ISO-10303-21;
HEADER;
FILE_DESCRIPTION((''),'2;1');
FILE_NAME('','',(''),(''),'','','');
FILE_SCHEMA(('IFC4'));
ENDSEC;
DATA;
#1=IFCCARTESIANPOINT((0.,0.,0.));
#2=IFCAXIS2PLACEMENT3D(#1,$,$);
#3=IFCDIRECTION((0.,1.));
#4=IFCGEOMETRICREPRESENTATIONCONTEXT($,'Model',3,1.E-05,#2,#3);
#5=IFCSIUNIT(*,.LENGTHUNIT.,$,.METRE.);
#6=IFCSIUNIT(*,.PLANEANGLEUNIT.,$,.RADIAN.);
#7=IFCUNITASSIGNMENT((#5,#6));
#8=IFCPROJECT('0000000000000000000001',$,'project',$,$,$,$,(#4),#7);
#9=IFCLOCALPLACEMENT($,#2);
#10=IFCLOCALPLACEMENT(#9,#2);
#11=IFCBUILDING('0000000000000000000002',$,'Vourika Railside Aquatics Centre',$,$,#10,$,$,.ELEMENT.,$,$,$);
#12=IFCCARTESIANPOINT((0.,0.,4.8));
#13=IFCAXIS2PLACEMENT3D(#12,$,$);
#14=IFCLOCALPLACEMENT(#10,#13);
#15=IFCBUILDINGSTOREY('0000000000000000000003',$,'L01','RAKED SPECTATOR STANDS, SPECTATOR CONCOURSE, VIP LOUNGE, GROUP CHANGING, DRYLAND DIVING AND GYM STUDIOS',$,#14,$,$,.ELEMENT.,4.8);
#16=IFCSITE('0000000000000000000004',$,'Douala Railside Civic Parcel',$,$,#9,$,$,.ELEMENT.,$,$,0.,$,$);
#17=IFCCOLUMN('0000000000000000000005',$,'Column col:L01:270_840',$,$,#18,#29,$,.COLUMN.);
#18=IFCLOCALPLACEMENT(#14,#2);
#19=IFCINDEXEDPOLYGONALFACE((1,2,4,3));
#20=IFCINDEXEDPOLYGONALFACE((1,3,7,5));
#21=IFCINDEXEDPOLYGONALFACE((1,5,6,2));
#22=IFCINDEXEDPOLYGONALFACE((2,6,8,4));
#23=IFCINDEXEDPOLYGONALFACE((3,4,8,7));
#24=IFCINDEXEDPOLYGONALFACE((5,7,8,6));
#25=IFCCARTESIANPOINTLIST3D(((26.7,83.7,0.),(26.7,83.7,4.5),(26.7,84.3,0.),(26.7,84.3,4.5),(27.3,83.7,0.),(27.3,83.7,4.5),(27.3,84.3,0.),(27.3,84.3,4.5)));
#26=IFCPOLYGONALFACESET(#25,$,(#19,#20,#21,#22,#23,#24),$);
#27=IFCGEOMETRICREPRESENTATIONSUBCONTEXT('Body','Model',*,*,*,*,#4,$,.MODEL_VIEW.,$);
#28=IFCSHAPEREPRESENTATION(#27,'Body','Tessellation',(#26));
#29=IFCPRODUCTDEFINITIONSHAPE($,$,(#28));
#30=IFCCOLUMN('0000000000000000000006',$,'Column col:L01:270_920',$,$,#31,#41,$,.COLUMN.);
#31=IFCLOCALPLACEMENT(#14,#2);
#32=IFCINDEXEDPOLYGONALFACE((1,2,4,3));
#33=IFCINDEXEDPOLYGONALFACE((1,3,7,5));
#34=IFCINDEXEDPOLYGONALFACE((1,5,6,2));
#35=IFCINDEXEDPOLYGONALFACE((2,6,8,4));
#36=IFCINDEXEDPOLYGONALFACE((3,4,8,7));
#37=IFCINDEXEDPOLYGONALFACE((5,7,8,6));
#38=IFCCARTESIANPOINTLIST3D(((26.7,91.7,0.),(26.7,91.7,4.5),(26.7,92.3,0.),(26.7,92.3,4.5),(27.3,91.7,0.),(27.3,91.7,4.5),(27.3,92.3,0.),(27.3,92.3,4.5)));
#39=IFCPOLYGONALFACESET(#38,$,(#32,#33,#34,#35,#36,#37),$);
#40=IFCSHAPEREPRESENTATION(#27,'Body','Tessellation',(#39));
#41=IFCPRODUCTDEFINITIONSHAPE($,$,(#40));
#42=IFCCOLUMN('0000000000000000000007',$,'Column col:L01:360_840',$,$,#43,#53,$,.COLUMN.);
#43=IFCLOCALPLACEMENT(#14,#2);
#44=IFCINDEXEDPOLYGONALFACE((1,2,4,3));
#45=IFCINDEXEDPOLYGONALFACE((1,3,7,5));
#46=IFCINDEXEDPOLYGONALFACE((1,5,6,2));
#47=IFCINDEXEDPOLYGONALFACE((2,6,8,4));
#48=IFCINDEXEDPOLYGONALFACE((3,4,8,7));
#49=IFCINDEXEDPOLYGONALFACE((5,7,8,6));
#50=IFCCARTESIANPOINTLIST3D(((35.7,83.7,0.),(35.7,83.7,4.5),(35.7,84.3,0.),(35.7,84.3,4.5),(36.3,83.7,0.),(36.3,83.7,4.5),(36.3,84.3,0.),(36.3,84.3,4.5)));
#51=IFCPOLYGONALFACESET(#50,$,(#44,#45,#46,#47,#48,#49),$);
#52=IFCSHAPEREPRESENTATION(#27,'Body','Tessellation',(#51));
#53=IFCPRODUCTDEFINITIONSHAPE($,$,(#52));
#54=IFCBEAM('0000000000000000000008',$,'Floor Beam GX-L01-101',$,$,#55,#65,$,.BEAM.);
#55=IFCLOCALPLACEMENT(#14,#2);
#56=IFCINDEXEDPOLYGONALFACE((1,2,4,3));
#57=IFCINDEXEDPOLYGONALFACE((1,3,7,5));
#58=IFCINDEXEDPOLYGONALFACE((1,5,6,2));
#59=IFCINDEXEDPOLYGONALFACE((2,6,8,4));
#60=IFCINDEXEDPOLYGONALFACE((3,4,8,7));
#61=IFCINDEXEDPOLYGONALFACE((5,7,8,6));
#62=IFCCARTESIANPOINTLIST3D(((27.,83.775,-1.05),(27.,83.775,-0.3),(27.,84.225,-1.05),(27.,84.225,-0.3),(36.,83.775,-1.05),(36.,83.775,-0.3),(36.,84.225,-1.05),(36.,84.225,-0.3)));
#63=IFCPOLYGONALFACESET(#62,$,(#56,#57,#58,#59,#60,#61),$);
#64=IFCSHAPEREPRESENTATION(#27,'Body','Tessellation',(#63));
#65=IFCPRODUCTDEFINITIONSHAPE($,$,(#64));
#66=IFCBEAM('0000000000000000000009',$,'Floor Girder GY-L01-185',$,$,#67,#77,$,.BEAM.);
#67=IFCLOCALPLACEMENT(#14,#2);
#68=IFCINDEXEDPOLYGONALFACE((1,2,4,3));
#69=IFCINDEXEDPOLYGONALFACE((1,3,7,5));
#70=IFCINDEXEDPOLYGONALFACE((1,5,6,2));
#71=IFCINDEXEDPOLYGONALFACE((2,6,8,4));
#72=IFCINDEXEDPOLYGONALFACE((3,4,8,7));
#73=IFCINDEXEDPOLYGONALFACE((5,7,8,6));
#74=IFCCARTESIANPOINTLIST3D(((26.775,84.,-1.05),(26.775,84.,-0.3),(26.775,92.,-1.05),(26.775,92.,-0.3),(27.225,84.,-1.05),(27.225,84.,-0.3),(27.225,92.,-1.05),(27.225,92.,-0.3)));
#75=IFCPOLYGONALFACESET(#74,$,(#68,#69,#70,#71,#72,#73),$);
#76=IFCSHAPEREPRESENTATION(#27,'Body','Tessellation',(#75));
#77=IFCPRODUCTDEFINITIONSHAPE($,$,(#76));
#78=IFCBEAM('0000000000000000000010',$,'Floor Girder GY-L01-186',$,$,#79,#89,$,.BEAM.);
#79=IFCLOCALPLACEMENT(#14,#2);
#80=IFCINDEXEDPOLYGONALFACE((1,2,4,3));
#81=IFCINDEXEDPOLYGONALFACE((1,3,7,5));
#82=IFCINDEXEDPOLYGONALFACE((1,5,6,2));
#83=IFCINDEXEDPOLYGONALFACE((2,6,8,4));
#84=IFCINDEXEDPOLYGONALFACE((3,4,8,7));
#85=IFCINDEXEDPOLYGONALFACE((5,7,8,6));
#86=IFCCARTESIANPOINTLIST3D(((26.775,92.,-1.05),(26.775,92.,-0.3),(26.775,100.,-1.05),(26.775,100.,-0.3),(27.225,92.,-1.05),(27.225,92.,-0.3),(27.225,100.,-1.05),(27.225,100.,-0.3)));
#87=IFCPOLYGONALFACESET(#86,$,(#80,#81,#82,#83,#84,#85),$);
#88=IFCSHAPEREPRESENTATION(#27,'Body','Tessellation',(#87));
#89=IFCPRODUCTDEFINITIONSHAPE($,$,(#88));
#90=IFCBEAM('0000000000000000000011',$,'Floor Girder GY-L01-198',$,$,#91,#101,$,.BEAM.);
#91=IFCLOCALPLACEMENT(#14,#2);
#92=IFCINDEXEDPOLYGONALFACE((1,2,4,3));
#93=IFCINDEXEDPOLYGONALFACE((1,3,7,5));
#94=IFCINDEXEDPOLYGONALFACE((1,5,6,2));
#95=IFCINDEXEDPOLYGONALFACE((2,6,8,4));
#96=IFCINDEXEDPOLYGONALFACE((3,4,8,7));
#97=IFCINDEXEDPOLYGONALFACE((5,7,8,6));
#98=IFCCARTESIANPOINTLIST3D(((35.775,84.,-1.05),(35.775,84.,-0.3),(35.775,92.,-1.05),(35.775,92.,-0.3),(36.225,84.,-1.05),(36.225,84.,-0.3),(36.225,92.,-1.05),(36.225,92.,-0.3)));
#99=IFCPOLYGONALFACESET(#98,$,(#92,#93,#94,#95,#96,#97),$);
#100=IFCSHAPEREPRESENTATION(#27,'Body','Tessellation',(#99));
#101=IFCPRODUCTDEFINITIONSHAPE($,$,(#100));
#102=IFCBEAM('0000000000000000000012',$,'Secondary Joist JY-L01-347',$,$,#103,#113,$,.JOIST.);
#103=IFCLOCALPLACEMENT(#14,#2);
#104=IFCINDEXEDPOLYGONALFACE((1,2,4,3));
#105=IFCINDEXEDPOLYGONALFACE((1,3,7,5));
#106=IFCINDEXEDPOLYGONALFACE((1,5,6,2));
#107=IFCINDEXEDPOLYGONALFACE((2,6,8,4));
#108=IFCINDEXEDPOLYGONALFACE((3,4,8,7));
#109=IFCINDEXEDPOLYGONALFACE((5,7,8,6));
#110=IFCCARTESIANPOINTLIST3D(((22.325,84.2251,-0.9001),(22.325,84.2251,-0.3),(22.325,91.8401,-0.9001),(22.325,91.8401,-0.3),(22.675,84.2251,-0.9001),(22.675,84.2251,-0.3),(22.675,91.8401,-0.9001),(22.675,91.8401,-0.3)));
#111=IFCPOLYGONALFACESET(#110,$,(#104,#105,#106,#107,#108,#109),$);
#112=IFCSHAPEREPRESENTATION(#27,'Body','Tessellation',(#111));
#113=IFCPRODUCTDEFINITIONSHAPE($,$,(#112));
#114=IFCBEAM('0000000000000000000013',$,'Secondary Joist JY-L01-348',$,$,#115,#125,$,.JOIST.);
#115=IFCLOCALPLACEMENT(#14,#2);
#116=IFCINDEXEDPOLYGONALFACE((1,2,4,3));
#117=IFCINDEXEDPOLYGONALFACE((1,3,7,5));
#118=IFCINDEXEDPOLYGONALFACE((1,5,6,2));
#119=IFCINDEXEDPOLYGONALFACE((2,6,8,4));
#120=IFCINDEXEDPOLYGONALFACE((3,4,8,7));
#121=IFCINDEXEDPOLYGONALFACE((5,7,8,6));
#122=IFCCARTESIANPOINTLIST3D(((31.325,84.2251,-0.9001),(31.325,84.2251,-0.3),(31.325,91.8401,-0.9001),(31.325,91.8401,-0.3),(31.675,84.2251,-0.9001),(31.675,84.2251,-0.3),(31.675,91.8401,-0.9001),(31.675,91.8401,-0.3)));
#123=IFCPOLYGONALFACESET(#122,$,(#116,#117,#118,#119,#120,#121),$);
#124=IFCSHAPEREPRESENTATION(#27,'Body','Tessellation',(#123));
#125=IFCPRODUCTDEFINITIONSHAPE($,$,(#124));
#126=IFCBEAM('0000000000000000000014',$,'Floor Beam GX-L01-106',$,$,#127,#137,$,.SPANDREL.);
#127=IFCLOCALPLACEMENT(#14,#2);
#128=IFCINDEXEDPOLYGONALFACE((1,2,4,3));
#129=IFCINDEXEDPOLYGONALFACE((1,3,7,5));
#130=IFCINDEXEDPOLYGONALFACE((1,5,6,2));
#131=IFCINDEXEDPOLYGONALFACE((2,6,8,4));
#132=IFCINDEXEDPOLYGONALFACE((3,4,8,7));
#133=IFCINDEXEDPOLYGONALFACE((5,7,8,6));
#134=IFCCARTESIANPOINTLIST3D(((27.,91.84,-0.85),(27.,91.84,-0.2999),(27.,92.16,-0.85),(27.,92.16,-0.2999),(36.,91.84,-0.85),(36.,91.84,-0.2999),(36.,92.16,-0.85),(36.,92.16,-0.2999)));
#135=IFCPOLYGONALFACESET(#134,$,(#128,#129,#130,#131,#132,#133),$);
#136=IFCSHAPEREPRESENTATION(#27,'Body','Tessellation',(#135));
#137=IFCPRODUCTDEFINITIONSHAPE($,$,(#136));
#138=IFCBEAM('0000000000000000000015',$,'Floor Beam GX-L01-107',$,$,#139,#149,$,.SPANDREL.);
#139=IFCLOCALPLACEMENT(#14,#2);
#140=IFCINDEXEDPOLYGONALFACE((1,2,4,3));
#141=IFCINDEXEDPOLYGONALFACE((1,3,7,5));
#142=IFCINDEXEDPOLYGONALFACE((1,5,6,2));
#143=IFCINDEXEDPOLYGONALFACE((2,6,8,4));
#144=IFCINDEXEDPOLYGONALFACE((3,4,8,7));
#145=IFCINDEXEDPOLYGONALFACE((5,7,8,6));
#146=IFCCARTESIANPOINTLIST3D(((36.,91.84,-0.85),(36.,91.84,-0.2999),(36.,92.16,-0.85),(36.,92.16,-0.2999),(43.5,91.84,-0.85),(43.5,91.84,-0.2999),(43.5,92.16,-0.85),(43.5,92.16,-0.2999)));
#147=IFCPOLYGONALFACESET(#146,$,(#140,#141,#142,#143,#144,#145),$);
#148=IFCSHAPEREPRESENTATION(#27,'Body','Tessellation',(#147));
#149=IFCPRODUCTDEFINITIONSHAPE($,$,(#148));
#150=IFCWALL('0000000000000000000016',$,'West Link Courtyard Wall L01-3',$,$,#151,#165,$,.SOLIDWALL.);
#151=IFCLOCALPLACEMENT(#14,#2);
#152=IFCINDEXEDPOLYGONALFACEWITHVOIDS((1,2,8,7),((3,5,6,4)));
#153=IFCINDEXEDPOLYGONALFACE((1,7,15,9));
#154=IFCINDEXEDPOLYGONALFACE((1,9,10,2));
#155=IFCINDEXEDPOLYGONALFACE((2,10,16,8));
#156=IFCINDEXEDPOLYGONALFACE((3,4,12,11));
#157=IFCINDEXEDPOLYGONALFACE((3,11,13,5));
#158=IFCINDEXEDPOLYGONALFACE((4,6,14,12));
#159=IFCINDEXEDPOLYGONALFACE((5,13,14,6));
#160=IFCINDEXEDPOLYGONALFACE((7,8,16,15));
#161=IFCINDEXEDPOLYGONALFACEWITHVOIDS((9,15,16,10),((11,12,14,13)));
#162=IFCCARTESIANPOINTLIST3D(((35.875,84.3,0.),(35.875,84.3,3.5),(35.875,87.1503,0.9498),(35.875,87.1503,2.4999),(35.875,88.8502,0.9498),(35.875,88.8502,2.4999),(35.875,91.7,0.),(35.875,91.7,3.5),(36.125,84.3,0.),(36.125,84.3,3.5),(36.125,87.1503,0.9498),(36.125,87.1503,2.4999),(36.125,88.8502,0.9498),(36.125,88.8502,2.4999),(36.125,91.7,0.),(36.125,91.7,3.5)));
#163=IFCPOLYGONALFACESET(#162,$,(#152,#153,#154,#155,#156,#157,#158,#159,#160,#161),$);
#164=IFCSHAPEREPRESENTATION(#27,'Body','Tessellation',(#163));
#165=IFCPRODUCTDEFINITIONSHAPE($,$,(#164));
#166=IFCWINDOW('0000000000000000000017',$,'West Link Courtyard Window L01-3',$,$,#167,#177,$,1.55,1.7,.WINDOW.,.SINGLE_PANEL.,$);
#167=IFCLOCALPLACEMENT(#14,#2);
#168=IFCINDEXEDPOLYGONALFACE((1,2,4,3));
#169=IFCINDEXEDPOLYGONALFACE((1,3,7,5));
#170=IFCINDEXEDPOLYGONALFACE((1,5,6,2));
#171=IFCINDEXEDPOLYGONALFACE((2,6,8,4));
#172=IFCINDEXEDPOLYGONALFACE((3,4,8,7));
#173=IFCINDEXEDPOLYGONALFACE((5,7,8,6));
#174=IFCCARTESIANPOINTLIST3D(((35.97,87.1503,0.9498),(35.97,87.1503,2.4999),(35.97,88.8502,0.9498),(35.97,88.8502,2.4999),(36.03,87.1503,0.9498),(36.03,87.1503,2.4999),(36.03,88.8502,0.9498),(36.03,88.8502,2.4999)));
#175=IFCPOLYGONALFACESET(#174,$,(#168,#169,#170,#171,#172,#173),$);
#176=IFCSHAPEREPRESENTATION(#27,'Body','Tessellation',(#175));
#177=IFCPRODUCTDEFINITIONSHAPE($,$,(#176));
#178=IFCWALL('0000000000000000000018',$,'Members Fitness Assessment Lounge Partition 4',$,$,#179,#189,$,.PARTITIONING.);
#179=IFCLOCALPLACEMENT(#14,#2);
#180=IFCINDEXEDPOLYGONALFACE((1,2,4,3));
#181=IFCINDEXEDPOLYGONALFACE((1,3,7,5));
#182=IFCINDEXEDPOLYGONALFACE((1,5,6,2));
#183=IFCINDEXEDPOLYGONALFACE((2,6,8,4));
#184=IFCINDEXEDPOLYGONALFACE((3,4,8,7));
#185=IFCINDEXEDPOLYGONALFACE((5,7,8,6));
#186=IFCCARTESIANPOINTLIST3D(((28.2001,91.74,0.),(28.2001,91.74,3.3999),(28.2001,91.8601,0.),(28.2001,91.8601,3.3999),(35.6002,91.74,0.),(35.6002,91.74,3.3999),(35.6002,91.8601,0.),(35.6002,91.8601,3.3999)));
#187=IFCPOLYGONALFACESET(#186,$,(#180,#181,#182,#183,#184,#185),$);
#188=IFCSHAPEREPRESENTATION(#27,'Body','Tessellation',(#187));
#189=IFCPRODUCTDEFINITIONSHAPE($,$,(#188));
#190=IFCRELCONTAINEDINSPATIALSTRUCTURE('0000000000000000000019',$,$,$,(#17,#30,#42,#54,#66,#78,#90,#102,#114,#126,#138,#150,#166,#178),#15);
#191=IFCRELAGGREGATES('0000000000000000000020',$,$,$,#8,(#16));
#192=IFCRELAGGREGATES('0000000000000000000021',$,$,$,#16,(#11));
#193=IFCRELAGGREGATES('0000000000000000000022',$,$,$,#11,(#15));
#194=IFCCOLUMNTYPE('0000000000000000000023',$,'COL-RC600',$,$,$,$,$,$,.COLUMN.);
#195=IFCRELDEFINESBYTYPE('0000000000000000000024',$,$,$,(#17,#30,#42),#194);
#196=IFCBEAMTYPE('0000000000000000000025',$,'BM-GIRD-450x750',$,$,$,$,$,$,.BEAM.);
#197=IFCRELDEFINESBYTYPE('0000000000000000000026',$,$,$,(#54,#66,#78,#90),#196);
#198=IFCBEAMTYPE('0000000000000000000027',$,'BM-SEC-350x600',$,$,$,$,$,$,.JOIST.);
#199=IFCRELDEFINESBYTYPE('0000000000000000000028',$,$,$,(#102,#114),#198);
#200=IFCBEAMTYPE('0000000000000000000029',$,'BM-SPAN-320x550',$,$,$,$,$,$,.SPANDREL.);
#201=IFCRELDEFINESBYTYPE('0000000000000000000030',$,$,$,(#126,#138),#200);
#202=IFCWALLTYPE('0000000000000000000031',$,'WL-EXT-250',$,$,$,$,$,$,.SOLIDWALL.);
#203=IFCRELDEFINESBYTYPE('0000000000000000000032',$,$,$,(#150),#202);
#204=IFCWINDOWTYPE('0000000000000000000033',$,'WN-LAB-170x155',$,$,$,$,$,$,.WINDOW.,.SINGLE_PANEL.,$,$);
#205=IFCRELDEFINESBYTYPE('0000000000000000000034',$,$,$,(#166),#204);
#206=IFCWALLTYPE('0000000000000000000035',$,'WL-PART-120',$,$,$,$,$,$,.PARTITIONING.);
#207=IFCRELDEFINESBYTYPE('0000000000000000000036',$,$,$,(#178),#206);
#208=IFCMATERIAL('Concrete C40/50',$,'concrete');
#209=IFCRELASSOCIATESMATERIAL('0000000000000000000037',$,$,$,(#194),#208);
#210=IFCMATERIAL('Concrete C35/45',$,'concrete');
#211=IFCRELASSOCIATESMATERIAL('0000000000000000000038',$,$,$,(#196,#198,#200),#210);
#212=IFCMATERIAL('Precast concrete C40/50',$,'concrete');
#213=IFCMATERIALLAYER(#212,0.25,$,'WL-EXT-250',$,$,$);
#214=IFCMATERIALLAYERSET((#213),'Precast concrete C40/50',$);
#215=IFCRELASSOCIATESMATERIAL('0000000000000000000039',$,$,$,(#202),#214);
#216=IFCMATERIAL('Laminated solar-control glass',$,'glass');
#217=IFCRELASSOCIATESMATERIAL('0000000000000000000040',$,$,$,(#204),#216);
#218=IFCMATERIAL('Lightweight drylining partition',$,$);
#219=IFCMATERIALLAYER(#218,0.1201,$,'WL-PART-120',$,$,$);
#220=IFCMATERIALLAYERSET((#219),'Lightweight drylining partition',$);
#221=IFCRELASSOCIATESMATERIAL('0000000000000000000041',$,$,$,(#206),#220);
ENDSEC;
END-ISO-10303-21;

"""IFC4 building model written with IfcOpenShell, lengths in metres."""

from ifc_helpers import new_model, si_unit, direction, frame, frame_2d, origin, origin_2d, place, context, subcontext, project, spatial, rectangle, extrude, material, layer, layer_set, material_profile, profile_set, type_object, element, fill, save


model = new_model("IFC4")

# Units and contexts
model_context = context("Model", 3, precision=1e-05, world=origin(), true_north=direction((0.0, 1.0)))
body_context = subcontext(model_context, "Body", "Model", "MODEL_VIEW")
ifc_project = project(units=[si_unit("LENGTHUNIT", "METRE"), si_unit("PLANEANGLEUNIT", "RADIAN")], contexts=[model_context])

# Site, building, storey
site_placement = place(None, origin())
site = spatial("IfcSite", under=ifc_project, at=site_placement, Name="Douala Railside Civic Parcel", CompositionType="ELEMENT", RefElevation=0.0)
building_placement = place(site_placement, origin())
building = spatial("IfcBuilding", under=site, at=building_placement, Name="Vourika Railside Aquatics Centre", CompositionType="ELEMENT")
storey_placement = place(building_placement, frame((0.0, 0.0, 4.8)))
storey = spatial("IfcBuildingStorey", under=building, at=storey_placement, Name="L01", Description="RAKED SPECTATOR STANDS, SPECTATOR CONCOURSE, VIP LOUNGE, GROUP CHANGING, DRYLAND DIVING AND GYM STUDIOS", CompositionType="ELEMENT", Elevation=4.8)

# Columns
ifc_material_1 = material(Name="Concrete C40/50", Category="concrete")
ifc_material_profile_1 = material_profile(ifc_material_1, rectangle(XDim=0.6001, YDim=0.6001, at=origin_2d()), Name="RC 600x600")
ifc_profile_set_1 = profile_set([ifc_material_profile_1], Name="Concrete C40/50")
column_type = type_object("IfcColumnType", Name="COL-RC600", PredefinedType="COLUMN", material=ifc_profile_set_1)
for number, where, z_axis, x_axis, name in (
    (1, (27.0, 84.0, 0.0), (0.0, 0.0, 1.0), (1.0, 0.0, 0.0), "Column col:L01:270_840"),
    (2, (27.0, 92.0, 0.0), (0.0, 0.0, 1.0), (1.0, 0.0, 0.0), "Column col:L01:270_920"),
    (3, (36.0, 84.0, 0.0), (0.0, 0.0, 1.0), (1.0, 0.0, 0.0), "Column col:L01:360_840"),
):
    element("IfcColumn", number, at=place(storey_placement, frame(where, z_axis=z_axis, x_axis=x_axis)), inside=storey, type_object=column_type, Name=name, PredefinedType="COLUMN", context=body_context, shape_type="SweptSolid", body=[
        extrude(rectangle(XDim=0.6001, YDim=0.6001, at=origin_2d()), origin(), (0.0, 0.0, 1.0), 4.5),
    ])

# Beams
ifc_material_2 = material(Name="Concrete C35/45", Category="concrete")
ifc_material_profile_2 = material_profile(ifc_material_2, rectangle(XDim=0.45, YDim=0.75, at=origin_2d()), Name="RC 450x750")
ifc_profile_set_2 = profile_set([ifc_material_profile_2], Name="Concrete C35/45")
beam_type_1 = type_object("IfcBeamType", Name="BM-GIRD-450x750", PredefinedType="BEAM", material=ifc_profile_set_2)
beam_1_placement = place(storey_placement, frame((27.0, 84.0, -0.675), z_axis=(1.0, 0.0, 0.0), x_axis=(0.0, 1.0, 0.0)))
element("IfcBeam", 4, at=beam_1_placement, inside=storey, type_object=beam_type_1, Name="Floor Beam GX-L01-101", PredefinedType="BEAM", context=body_context, shape_type="SweptSolid", body=[
    extrude(rectangle(XDim=0.45, YDim=0.75, at=origin_2d()), origin(), (0.0, 0.0, 1.0), 9.0),
])
for number, where, z_axis, x_axis, name in (
    (5, (27.0, 84.0, -0.675), (0.0, 1.0, 0.0), (-1.0, 0.0, 0.0), "Floor Girder GY-L01-185"),
    (6, (27.0, 92.0, -0.675), (0.0, 1.0, 0.0), (-1.0, 0.0, 0.0), "Floor Girder GY-L01-186"),
    (7, (36.0, 84.0, -0.675), (0.0, 1.0, 0.0), (-1.0, 0.0, 0.0), "Floor Girder GY-L01-198"),
):
    element("IfcBeam", number, at=place(storey_placement, frame(where, z_axis=z_axis, x_axis=x_axis)), inside=storey, type_object=beam_type_1, Name=name, PredefinedType="BEAM", context=body_context, shape_type="SweptSolid", body=[
        extrude(rectangle(XDim=0.45, YDim=0.75, at=origin_2d()), origin(), (0.0, 0.0, 1.0), 8.0),
    ])
ifc_material_profile_3 = material_profile(ifc_material_2, rectangle(XDim=0.3501, YDim=0.6001, at=origin_2d()), Name="RC 350x600")
ifc_profile_set_3 = profile_set([ifc_material_profile_3], Name="Concrete C35/45")
beam_type_2 = type_object("IfcBeamType", Name="BM-SEC-350x600", PredefinedType="JOIST", material=ifc_profile_set_3)
for number, where, z_axis, x_axis, name in (
    (8, (22.5, 84.2251, -0.6001), (0.0, 1.0, 0.0), (-1.0, 0.0, 0.0), "Secondary Joist JY-L01-347"),
    (9, (31.5, 84.2251, -0.6001), (0.0, 1.0, 0.0), (-1.0, 0.0, 0.0), "Secondary Joist JY-L01-348"),
):
    element("IfcBeam", number, at=place(storey_placement, frame(where, z_axis=z_axis, x_axis=x_axis)), inside=storey, type_object=beam_type_2, Name=name, PredefinedType="JOIST", context=body_context, shape_type="SweptSolid", body=[
        extrude(rectangle(XDim=0.3501, YDim=0.6001, at=origin_2d()), origin(), (0.0, 0.0, 1.0), 7.615),
    ])
ifc_material_profile_4 = material_profile(ifc_material_2, rectangle(XDim=0.3201, YDim=0.55, at=origin_2d()), Name="RC 320x550")
ifc_profile_set_4 = profile_set([ifc_material_profile_4], Name="Concrete C35/45")
beam_type_3 = type_object("IfcBeamType", Name="BM-SPAN-320x550", PredefinedType="SPANDREL", material=ifc_profile_set_4)
beam_2_placement = place(storey_placement, frame((27.0, 92.0, -0.575), z_axis=(1.0, 0.0, 0.0), x_axis=(0.0, 1.0, 0.0)))
element("IfcBeam", 10, at=beam_2_placement, inside=storey, type_object=beam_type_3, Name="Floor Beam GX-L01-106", PredefinedType="SPANDREL", context=body_context, shape_type="SweptSolid", body=[
    extrude(rectangle(XDim=0.3201, YDim=0.55, at=origin_2d()), origin(), (0.0, 0.0, 1.0), 9.0),
])
beam_3_placement = place(storey_placement, frame((36.0, 92.0, -0.575), z_axis=(1.0, 0.0, 0.0), x_axis=(0.0, 1.0, 0.0)))
element("IfcBeam", 11, at=beam_3_placement, inside=storey, type_object=beam_type_3, Name="Floor Beam GX-L01-107", PredefinedType="SPANDREL", context=body_context, shape_type="SweptSolid", body=[
    extrude(rectangle(XDim=0.3201, YDim=0.55, at=origin_2d()), origin(), (0.0, 0.0, 1.0), 7.5),
])

# Wall, opening, window
ifc_material_3 = material(Name="Precast concrete C40/50", Category="concrete")
ifc_layer_1 = layer(ifc_material_3, 0.25, Name="WL-EXT-250")
ifc_layer_set_1 = layer_set([ifc_layer_1], Name="Precast concrete C40/50")
wall_type_1 = type_object("IfcWallType", Name="WL-EXT-250", PredefinedType="SOLIDWALL", material=ifc_layer_set_1)
wall_1_placement = place(storey_placement, frame((36.0, 84.3, 0.0), z_axis=(0.0, 0.0, 1.0), x_axis=(0.0, 1.0, 0.0)))
wall_1 = element("IfcWall", 12, at=wall_1_placement, inside=storey, type_object=wall_type_1, Name="West Link Courtyard Wall L01-3", PredefinedType="SOLIDWALL", context=body_context, shape_type="SweptSolid", body=[
    extrude(rectangle(XDim=7.3999, YDim=0.25, at=frame_2d((3.7, 0.0))), origin(), (0.0, 0.0, 1.0), 3.5),
])
opening_placement = place(wall_1_placement, frame((2.8501, 0.0, 0.95)))
opening = element("IfcOpeningElement", 13, at=opening_placement, cuts=wall_1, PredefinedType="OPENING", context=body_context, shape_type="SweptSolid", body=[
    extrude(rectangle(XDim=1.7, YDim=1.55, at=frame_2d((0.8501, 0.7749))), frame((0.0, 0.135, 0.0), z_axis=(0.0, -1.0, 0.0), x_axis=(1.0, 0.0, 0.0)), (0.0, 0.0, 1.0), 0.27),
])
ifc_material_4 = material(Name="Laminated solar-control glass", Category="glass")
window_type = type_object("IfcWindowType", Name="WN-LAB-170x155", PartitioningType="SINGLE_PANEL", PredefinedType="WINDOW", material=ifc_material_4)
window_placement = place(opening_placement, origin())
window = element("IfcWindow", 14, at=window_placement, inside=storey, type_object=window_type, Name="West Link Courtyard Window L01-3", OverallHeight=1.55, OverallWidth=1.7, PartitioningType="SINGLE_PANEL", PredefinedType="WINDOW", context=body_context, shape_type="SweptSolid", body=[
    extrude(rectangle(XDim=1.7, YDim=1.55, at=frame_2d((0.8501, 0.7749))), frame((0.0, 0.03, 0.0), z_axis=(0.0, -1.0, 0.0), x_axis=(1.0, 0.0, 0.0)), (0.0, 0.0, 1.0), 0.0601),
])
fill(opening, window)

# Wall
ifc_material_5 = material(Name="Lightweight drylining partition")
ifc_layer_2 = layer(ifc_material_5, 0.1201, Name="WL-PART-120")
ifc_layer_set_2 = layer_set([ifc_layer_2], Name="Lightweight drylining partition")
wall_type_2 = type_object("IfcWallType", Name="WL-PART-120", PredefinedType="PARTITIONING", material=ifc_layer_set_2)
wall_2_placement = place(storey_placement, frame((28.2, 91.8, 0.0), z_axis=(0.0, 0.0, 1.0), x_axis=(1.0, 0.0, 0.0)))
element("IfcWall", 15, at=wall_2_placement, inside=storey, type_object=wall_type_2, Name="Members Fitness Assessment Lounge Partition 4", PredefinedType="PARTITIONING", context=body_context, shape_type="SweptSolid", body=[
    extrude(rectangle(XDim=7.4001, YDim=0.1201, at=frame_2d((3.7002, 0.0))), origin(), (0.0, 0.0, 1.0), 3.3999),
])

save(model, "model.ifc")
